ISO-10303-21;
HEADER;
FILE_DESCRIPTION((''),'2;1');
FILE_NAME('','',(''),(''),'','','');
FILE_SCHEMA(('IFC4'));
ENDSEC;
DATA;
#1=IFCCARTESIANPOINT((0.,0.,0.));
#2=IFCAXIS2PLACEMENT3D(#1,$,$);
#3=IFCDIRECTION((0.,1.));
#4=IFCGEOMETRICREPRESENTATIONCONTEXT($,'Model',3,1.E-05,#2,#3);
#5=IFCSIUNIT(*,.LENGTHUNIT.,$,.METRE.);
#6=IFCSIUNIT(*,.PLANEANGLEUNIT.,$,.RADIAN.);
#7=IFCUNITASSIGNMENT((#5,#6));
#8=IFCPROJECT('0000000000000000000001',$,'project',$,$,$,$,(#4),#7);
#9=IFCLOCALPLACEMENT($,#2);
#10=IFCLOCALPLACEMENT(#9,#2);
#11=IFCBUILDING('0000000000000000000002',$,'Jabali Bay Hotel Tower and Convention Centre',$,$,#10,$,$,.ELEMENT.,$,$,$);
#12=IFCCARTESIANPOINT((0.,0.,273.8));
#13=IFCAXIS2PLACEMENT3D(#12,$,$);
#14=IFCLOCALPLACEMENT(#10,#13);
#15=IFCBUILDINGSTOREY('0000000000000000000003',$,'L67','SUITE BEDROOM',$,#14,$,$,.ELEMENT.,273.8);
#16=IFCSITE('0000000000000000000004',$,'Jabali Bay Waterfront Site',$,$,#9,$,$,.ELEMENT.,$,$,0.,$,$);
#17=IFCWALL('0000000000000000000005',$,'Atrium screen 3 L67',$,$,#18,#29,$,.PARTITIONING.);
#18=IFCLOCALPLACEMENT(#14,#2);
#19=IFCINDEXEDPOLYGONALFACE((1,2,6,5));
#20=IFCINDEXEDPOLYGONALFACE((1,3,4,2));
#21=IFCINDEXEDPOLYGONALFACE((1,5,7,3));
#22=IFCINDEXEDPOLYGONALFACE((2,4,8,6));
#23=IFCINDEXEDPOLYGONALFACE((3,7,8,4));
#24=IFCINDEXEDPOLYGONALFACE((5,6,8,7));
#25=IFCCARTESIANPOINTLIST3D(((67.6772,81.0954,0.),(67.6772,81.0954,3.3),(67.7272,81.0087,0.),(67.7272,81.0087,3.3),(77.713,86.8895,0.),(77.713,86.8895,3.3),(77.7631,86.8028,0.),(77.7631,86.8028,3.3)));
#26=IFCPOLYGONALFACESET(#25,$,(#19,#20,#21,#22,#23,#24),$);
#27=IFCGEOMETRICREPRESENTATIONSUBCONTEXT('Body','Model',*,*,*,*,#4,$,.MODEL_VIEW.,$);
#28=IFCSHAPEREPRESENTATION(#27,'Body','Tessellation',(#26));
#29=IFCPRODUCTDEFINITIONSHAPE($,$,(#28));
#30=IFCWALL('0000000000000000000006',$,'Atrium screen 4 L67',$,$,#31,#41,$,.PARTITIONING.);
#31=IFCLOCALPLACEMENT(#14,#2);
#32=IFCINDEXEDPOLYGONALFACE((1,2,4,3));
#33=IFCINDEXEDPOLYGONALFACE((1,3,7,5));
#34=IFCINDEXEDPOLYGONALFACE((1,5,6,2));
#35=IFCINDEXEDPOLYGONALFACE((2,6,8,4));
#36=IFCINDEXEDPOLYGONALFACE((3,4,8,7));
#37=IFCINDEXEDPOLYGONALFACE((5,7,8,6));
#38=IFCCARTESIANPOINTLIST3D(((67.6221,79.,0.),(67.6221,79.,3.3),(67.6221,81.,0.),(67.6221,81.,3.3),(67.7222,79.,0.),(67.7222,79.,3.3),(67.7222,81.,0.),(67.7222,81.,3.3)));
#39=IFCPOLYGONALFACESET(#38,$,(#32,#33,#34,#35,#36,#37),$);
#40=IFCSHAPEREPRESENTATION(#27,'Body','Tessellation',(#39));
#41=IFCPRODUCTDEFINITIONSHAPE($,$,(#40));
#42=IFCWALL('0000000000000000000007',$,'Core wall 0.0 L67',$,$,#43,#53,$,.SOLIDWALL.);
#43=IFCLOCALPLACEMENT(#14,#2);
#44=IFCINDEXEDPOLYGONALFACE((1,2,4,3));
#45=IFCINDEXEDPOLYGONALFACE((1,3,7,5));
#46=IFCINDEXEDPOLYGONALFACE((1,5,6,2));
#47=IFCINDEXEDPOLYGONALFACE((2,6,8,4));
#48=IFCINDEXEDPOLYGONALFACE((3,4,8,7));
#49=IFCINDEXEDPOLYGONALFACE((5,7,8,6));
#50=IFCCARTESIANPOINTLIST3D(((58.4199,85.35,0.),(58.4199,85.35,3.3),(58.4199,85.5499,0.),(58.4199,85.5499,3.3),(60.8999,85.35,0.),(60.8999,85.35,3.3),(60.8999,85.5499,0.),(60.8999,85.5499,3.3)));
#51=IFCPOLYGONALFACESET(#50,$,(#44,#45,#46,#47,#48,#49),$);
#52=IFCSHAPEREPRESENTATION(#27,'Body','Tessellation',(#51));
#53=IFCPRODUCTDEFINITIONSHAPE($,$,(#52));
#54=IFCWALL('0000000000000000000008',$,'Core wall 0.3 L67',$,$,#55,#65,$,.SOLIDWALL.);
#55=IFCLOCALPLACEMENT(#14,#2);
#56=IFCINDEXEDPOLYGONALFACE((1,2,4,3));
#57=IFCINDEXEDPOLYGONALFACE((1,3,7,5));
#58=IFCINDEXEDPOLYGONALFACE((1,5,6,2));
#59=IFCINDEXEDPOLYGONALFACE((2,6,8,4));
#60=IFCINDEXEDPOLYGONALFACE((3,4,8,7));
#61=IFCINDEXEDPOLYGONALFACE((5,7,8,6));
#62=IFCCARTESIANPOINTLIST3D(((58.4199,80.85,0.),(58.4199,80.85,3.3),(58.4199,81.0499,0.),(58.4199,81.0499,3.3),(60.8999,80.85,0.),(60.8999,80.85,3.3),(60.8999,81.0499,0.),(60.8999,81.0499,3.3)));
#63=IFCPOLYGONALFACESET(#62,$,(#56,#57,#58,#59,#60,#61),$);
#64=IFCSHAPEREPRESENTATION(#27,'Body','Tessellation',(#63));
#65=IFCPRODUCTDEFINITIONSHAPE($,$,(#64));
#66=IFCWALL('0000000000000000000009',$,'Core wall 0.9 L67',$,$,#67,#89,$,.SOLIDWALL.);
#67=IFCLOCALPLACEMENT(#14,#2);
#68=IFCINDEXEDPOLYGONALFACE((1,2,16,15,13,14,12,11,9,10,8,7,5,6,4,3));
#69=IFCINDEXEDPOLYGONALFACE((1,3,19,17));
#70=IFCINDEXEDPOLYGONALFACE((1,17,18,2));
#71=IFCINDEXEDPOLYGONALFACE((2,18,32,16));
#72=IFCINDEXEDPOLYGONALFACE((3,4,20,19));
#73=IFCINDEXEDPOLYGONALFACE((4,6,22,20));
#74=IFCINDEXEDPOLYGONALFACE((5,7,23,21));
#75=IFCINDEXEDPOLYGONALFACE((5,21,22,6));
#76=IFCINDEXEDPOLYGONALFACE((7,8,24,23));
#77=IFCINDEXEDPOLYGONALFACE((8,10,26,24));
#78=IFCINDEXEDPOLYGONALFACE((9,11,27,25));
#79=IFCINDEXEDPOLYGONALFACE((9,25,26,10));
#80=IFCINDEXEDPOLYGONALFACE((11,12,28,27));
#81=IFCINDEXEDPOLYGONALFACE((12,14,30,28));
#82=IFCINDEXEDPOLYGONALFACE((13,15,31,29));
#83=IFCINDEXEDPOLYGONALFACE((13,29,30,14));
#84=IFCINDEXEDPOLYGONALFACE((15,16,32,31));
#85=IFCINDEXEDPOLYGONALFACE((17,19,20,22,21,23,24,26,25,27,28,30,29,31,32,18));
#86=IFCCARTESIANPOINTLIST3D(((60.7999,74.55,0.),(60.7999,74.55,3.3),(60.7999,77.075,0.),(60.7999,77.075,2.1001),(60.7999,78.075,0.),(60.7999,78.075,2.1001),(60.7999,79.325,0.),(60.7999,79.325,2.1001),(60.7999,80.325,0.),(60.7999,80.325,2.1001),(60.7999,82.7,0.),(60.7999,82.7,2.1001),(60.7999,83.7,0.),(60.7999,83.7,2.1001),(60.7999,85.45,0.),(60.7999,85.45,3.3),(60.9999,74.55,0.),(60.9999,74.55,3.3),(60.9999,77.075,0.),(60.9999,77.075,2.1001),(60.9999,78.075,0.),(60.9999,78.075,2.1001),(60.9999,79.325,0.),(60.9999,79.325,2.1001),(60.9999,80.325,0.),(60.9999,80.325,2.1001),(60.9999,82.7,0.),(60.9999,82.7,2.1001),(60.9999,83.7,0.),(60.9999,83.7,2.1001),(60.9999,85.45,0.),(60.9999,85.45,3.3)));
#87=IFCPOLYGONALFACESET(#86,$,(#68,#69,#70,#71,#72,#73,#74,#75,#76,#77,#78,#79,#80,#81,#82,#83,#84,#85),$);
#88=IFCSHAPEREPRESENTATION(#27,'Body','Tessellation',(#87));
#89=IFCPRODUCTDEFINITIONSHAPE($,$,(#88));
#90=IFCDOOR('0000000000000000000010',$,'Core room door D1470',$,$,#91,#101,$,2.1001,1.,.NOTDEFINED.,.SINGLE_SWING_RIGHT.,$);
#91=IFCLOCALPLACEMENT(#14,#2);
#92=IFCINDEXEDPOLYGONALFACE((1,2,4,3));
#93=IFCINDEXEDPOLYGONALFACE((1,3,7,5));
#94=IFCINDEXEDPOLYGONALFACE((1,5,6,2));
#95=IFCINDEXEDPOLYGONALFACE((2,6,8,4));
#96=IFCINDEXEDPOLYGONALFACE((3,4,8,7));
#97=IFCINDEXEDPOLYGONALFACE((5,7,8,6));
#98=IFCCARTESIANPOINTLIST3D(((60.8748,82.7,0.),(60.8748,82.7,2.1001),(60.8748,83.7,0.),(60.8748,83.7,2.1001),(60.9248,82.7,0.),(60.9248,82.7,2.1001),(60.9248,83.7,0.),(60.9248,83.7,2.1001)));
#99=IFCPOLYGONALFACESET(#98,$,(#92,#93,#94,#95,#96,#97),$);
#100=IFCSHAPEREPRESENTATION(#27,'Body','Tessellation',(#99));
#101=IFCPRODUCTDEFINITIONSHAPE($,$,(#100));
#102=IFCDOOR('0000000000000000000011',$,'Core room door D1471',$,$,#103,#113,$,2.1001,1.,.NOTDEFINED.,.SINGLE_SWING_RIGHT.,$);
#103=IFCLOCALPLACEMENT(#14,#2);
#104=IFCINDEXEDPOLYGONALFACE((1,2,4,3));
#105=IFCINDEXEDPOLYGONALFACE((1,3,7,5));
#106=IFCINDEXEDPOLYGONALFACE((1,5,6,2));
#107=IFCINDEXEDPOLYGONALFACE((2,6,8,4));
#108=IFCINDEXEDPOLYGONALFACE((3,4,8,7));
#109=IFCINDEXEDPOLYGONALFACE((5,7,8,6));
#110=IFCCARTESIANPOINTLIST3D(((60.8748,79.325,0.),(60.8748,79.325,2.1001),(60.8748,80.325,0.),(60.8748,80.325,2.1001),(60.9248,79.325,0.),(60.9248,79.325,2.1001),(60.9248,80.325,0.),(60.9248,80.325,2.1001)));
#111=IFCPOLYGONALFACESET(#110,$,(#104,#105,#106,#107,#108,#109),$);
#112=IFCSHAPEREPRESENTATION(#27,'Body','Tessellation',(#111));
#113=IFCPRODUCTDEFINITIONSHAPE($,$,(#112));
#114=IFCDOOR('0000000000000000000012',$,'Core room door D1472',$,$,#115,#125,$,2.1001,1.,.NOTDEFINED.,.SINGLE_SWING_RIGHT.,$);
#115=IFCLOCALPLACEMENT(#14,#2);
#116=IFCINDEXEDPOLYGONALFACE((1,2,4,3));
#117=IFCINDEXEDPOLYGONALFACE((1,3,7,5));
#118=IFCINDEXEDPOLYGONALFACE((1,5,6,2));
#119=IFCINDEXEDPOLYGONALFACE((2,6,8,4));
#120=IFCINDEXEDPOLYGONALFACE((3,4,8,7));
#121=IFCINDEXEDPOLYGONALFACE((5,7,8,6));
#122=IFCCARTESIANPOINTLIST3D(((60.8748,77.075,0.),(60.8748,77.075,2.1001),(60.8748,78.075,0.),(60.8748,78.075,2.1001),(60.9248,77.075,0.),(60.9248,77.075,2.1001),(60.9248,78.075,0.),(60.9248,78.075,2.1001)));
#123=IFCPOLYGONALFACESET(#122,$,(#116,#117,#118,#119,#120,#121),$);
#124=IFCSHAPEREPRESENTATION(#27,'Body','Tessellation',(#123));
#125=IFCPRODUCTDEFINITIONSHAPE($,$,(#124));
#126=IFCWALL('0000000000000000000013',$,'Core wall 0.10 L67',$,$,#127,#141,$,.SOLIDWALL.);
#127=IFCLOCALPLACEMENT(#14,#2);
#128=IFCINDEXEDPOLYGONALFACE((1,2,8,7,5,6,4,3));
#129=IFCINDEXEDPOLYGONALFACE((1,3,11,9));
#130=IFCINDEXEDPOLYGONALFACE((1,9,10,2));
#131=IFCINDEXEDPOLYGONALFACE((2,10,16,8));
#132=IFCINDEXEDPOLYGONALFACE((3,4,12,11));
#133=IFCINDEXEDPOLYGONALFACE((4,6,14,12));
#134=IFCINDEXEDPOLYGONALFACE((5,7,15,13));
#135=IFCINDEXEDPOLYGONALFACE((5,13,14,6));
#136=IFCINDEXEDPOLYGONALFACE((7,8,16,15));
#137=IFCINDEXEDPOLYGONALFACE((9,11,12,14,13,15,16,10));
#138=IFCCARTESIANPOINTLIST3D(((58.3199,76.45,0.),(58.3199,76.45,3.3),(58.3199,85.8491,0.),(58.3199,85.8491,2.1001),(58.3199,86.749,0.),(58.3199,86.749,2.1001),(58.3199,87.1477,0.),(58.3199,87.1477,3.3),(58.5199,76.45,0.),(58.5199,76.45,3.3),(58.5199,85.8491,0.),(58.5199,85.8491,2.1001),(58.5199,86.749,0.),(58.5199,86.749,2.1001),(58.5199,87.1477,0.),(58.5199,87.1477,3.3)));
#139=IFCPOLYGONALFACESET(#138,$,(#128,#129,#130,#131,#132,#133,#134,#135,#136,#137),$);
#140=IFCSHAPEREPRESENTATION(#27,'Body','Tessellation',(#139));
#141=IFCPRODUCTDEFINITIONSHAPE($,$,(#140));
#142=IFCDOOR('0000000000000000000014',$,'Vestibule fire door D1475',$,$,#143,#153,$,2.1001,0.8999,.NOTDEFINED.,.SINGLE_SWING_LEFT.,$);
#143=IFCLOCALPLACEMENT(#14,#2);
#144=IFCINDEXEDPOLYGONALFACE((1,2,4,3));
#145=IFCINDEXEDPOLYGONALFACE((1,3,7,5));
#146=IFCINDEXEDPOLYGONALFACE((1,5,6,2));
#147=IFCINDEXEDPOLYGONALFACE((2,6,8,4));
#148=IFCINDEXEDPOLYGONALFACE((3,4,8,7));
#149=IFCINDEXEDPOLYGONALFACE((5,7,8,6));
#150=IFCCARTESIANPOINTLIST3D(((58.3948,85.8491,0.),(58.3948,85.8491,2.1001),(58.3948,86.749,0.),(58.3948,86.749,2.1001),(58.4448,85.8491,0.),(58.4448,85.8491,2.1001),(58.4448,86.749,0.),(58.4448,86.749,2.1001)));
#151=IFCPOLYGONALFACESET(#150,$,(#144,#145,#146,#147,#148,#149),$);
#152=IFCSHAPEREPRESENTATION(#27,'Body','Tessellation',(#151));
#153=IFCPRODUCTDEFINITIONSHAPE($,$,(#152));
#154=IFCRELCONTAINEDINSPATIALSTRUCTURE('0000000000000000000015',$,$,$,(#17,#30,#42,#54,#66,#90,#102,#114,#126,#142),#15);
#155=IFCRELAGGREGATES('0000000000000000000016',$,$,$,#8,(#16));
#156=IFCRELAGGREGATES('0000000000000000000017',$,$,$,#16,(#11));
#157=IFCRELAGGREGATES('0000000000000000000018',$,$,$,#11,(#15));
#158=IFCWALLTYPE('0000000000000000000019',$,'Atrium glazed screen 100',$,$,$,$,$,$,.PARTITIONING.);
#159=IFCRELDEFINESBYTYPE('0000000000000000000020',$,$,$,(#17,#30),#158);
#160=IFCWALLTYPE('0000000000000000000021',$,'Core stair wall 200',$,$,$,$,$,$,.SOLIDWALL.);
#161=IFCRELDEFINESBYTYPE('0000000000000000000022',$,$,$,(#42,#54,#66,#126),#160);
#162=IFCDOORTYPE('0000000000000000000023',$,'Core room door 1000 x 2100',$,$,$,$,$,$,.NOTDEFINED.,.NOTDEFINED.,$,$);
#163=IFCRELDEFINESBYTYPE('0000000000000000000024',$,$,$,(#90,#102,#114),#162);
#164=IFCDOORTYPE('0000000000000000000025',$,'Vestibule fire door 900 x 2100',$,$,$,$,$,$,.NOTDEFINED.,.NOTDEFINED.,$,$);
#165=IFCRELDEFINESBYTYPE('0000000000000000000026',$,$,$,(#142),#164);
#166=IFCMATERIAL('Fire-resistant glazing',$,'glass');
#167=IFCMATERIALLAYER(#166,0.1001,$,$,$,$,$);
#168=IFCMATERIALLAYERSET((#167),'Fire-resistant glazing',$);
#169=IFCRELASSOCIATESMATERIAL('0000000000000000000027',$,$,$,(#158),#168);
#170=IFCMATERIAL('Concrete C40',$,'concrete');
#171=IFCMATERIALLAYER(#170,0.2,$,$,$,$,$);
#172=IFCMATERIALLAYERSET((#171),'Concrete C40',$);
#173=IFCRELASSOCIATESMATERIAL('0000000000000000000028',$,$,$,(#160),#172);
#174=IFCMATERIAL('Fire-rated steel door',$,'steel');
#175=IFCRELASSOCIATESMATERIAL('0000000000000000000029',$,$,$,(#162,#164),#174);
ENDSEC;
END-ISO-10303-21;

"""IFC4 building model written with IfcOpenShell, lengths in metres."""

from ifc_helpers import new_model, si_unit, direction, frame, frame_2d, origin, place, context, subcontext, project, spatial, rectangle, extrude, material, layer, layer_set, type_object, element, fill, save


model = new_model("IFC4")

# Units and contexts
model_context = context("Model", 3, precision=1e-05, world=origin(), true_north=direction((0.0, 1.0)))
body_context = subcontext(model_context, "Body", "Model", "MODEL_VIEW")
ifc_project = project(units=[si_unit("LENGTHUNIT", "METRE"), si_unit("PLANEANGLEUNIT", "RADIAN")], contexts=[model_context])

# Site, building, storey
site_placement = place(None, origin())
site = spatial("IfcSite", under=ifc_project, at=site_placement, Name="Jabali Bay Waterfront Site", CompositionType="ELEMENT", RefElevation=0.0)
building_placement = place(site_placement, origin())
building = spatial("IfcBuilding", under=site, at=building_placement, Name="Jabali Bay Hotel Tower and Convention Centre", CompositionType="ELEMENT")
storey_placement = place(building_placement, frame((0.0, 0.0, 273.8)))
storey = spatial("IfcBuildingStorey", under=building, at=storey_placement, Name="L67", Description="SUITE BEDROOM", CompositionType="ELEMENT", Elevation=273.8)

# Walls
ifc_material_1 = material(Name="Fire-resistant glazing", Category="glass")
ifc_layer_1 = layer(ifc_material_1, 0.1001)
ifc_layer_set_1 = layer_set([ifc_layer_1], Name="Fire-resistant glazing")
wall_type_1 = type_object("IfcWallType", Name="Atrium glazed screen 100", PredefinedType="PARTITIONING", material=ifc_layer_set_1)
wall_1_placement = place(storey_placement, frame((77.738, 86.8462, 0.0), z_axis=(0.0, 0.0, 1.0), x_axis=(-0.866027, -0.499998, 0.0)))
element("IfcWall", 1, at=wall_1_placement, inside=storey, type_object=wall_type_1, Name="Atrium screen 3 L67", PredefinedType="PARTITIONING", context=body_context, shape_type="SweptSolid", body=[
    extrude(rectangle(XDim=11.5884, YDim=0.1001, at=frame_2d((5.7942, 0.0))), origin(), (0.0, 0.0, 1.0), 3.3),
])
wall_2_placement = place(storey_placement, frame((67.6721, 81.0, 0.0), z_axis=(0.0, 0.0, 1.0), x_axis=(0.0, -1.0, 0.0)))
element("IfcWall", 2, at=wall_2_placement, inside=storey, type_object=wall_type_1, Name="Atrium screen 4 L67", PredefinedType="PARTITIONING", context=body_context, shape_type="SweptSolid", body=[
    extrude(rectangle(XDim=2.0, YDim=0.1001, at=frame_2d((1.0, 0.0))), origin(), (0.0, 0.0, 1.0), 3.3),
])
ifc_material_2 = material(Name="Concrete C40", Category="concrete")
ifc_layer_2 = layer(ifc_material_2, 0.2)
ifc_layer_set_2 = layer_set([ifc_layer_2], Name="Concrete C40")
wall_type_2 = type_object("IfcWallType", Name="Core stair wall 200", PredefinedType="SOLIDWALL", material=ifc_layer_set_2)
for number, where, z_axis, x_axis, name in (
    (3, (60.8999, 85.45, 0.0), (0.0, 0.0, 1.0), (-1.0, 0.0, 0.0), "Core wall 0.0 L67"),
    (4, (60.8999, 80.95, 0.0), (0.0, 0.0, 1.0), (-1.0, 0.0, 0.0), "Core wall 0.3 L67"),
):
    element("IfcWall", number, at=place(storey_placement, frame(where, z_axis=z_axis, x_axis=x_axis)), inside=storey, type_object=wall_type_2, Name=name, PredefinedType="SOLIDWALL", context=body_context, shape_type="SweptSolid", body=[
        extrude(rectangle(XDim=2.48, YDim=0.2, at=frame_2d((1.24, 0.0))), origin(), (0.0, 0.0, 1.0), 3.3),
    ])

# Wall, openings, doors
wall_3_placement = place(storey_placement, frame((60.8999, 85.45, 0.0), z_axis=(0.0, 0.0, 1.0), x_axis=(0.0, -1.0, 0.0)))
wall_3 = element("IfcWall", 5, at=wall_3_placement, inside=storey, type_object=wall_type_2, Name="Core wall 0.9 L67", PredefinedType="SOLIDWALL", context=body_context, shape_type="SweptSolid", body=[
    extrude(rectangle(XDim=10.8999, YDim=0.2, at=frame_2d((5.45, 0.0))), origin(), (0.0, 0.0, 1.0), 3.3),
])
opening_1_placement = place(wall_3_placement, frame((1.75, 0.0, 0.0)))
opening_1 = element("IfcOpeningElement", 6, at=opening_1_placement, cuts=wall_3, PredefinedType="OPENING", context=body_context, shape_type="SweptSolid", body=[
    extrude(rectangle(XDim=1.0, YDim=2.1001, at=frame_2d((0.5, 1.05))), frame((0.0, 0.1104, 0.0), z_axis=(0.0, -1.0, 0.0), x_axis=(1.0, 0.0, 0.0)), (0.0, 0.0, 1.0), 0.2209),
])
opening_2_placement = place(wall_3_placement, frame((5.125, 0.0, 0.0)))
opening_2 = element("IfcOpeningElement", 7, at=opening_2_placement, cuts=wall_3, PredefinedType="OPENING", context=body_context, shape_type="SweptSolid", body=[
    extrude(rectangle(XDim=1.0, YDim=2.1001, at=frame_2d((0.5, 1.05))), frame((0.0, 0.1104, 0.0), z_axis=(0.0, -1.0, 0.0), x_axis=(1.0, 0.0, 0.0)), (0.0, 0.0, 1.0), 0.2209),
])
opening_3_placement = place(wall_3_placement, frame((7.375, 0.0, 0.0)))
opening_3 = element("IfcOpeningElement", 8, at=opening_3_placement, cuts=wall_3, PredefinedType="OPENING", context=body_context, shape_type="SweptSolid", body=[
    extrude(rectangle(XDim=1.0, YDim=2.1001, at=frame_2d((0.5, 1.05))), frame((0.0, 0.1104, 0.0), z_axis=(0.0, -1.0, 0.0), x_axis=(1.0, 0.0, 0.0)), (0.0, 0.0, 1.0), 0.2209),
])
ifc_material_3 = material(Name="Fire-rated steel door", Category="steel")
door_type_1 = type_object("IfcDoorType", Name="Core room door 1000 x 2100", OperationType="NOTDEFINED", PredefinedType="NOTDEFINED", material=ifc_material_3)
door_1_placement = place(opening_1_placement, origin())
door_1 = element("IfcDoor", 9, at=door_1_placement, inside=storey, type_object=door_type_1, Name="Core room door D1470", OperationType="SINGLE_SWING_RIGHT", OverallHeight=2.1001, OverallWidth=1.0, PredefinedType="NOTDEFINED", context=body_context, shape_type="SweptSolid", body=[
    extrude(rectangle(XDim=1.0, YDim=2.1001, at=frame_2d((0.5, 1.05))), frame((0.0, 0.0249, 0.0), z_axis=(0.0, -1.0, 0.0), x_axis=(1.0, 0.0, 0.0)), (0.0, 0.0, 1.0), 0.05),
])
fill(opening_1, door_1)
door_2_placement = place(opening_2_placement, origin())
door_2 = element("IfcDoor", 10, at=door_2_placement, inside=storey, type_object=door_type_1, Name="Core room door D1471", OperationType="SINGLE_SWING_RIGHT", OverallHeight=2.1001, OverallWidth=1.0, PredefinedType="NOTDEFINED", context=body_context, shape_type="SweptSolid", body=[
    extrude(rectangle(XDim=1.0, YDim=2.1001, at=frame_2d((0.5, 1.05))), frame((0.0, 0.0249, 0.0), z_axis=(0.0, -1.0, 0.0), x_axis=(1.0, 0.0, 0.0)), (0.0, 0.0, 1.0), 0.05),
])
fill(opening_2, door_2)
door_3_placement = place(opening_3_placement, origin())
door_3 = element("IfcDoor", 11, at=door_3_placement, inside=storey, type_object=door_type_1, Name="Core room door D1472", OperationType="SINGLE_SWING_RIGHT", OverallHeight=2.1001, OverallWidth=1.0, PredefinedType="NOTDEFINED", context=body_context, shape_type="SweptSolid", body=[
    extrude(rectangle(XDim=1.0, YDim=2.1001, at=frame_2d((0.5, 1.05))), frame((0.0, 0.0249, 0.0), z_axis=(0.0, -1.0, 0.0), x_axis=(1.0, 0.0, 0.0)), (0.0, 0.0, 1.0), 0.05),
])
fill(opening_3, door_3)

# Wall, opening, door
wall_4_placement = place(storey_placement, frame((58.4199, 87.1477, 0.0), z_axis=(0.0, 0.0, 1.0), x_axis=(0.0, -1.0, 0.0)))
wall_4 = element("IfcWall", 12, at=wall_4_placement, inside=storey, type_object=wall_type_2, Name="Core wall 0.10 L67", PredefinedType="SOLIDWALL", context=body_context, shape_type="SweptSolid", body=[
    extrude(rectangle(XDim=10.6978, YDim=0.2, at=frame_2d((5.3489, 0.0))), origin(), (0.0, 0.0, 1.0), 3.3),
])
opening_4_placement = place(wall_4_placement, frame((0.3987, 0.0, 0.0)))
opening_4 = element("IfcOpeningElement", 13, at=opening_4_placement, cuts=wall_4, PredefinedType="OPENING", context=body_context, shape_type="SweptSolid", body=[
    extrude(rectangle(XDim=0.8999, YDim=2.1001, at=frame_2d((0.45, 1.05))), frame((0.0, 0.1104, 0.0), z_axis=(0.0, -1.0, 0.0), x_axis=(1.0, 0.0, 0.0)), (0.0, 0.0, 1.0), 0.2209),
])
door_type_2 = type_object("IfcDoorType", Name="Vestibule fire door 900 x 2100", OperationType="NOTDEFINED", PredefinedType="NOTDEFINED", material=ifc_material_3)
door_4_placement = place(opening_4_placement, origin())
door_4 = element("IfcDoor", 14, at=door_4_placement, inside=storey, type_object=door_type_2, Name="Vestibule fire door D1475", OperationType="SINGLE_SWING_LEFT", OverallHeight=2.1001, OverallWidth=0.8999, PredefinedType="NOTDEFINED", context=body_context, shape_type="SweptSolid", body=[
    extrude(rectangle(XDim=0.8999, YDim=2.1001, at=frame_2d((0.45, 1.05))), frame((0.0, 0.0249, 0.0), z_axis=(0.0, -1.0, 0.0), x_axis=(1.0, 0.0, 0.0)), (0.0, 0.0, 1.0), 0.05),
])
fill(opening_4, door_4)

save(model, "model.ifc")
